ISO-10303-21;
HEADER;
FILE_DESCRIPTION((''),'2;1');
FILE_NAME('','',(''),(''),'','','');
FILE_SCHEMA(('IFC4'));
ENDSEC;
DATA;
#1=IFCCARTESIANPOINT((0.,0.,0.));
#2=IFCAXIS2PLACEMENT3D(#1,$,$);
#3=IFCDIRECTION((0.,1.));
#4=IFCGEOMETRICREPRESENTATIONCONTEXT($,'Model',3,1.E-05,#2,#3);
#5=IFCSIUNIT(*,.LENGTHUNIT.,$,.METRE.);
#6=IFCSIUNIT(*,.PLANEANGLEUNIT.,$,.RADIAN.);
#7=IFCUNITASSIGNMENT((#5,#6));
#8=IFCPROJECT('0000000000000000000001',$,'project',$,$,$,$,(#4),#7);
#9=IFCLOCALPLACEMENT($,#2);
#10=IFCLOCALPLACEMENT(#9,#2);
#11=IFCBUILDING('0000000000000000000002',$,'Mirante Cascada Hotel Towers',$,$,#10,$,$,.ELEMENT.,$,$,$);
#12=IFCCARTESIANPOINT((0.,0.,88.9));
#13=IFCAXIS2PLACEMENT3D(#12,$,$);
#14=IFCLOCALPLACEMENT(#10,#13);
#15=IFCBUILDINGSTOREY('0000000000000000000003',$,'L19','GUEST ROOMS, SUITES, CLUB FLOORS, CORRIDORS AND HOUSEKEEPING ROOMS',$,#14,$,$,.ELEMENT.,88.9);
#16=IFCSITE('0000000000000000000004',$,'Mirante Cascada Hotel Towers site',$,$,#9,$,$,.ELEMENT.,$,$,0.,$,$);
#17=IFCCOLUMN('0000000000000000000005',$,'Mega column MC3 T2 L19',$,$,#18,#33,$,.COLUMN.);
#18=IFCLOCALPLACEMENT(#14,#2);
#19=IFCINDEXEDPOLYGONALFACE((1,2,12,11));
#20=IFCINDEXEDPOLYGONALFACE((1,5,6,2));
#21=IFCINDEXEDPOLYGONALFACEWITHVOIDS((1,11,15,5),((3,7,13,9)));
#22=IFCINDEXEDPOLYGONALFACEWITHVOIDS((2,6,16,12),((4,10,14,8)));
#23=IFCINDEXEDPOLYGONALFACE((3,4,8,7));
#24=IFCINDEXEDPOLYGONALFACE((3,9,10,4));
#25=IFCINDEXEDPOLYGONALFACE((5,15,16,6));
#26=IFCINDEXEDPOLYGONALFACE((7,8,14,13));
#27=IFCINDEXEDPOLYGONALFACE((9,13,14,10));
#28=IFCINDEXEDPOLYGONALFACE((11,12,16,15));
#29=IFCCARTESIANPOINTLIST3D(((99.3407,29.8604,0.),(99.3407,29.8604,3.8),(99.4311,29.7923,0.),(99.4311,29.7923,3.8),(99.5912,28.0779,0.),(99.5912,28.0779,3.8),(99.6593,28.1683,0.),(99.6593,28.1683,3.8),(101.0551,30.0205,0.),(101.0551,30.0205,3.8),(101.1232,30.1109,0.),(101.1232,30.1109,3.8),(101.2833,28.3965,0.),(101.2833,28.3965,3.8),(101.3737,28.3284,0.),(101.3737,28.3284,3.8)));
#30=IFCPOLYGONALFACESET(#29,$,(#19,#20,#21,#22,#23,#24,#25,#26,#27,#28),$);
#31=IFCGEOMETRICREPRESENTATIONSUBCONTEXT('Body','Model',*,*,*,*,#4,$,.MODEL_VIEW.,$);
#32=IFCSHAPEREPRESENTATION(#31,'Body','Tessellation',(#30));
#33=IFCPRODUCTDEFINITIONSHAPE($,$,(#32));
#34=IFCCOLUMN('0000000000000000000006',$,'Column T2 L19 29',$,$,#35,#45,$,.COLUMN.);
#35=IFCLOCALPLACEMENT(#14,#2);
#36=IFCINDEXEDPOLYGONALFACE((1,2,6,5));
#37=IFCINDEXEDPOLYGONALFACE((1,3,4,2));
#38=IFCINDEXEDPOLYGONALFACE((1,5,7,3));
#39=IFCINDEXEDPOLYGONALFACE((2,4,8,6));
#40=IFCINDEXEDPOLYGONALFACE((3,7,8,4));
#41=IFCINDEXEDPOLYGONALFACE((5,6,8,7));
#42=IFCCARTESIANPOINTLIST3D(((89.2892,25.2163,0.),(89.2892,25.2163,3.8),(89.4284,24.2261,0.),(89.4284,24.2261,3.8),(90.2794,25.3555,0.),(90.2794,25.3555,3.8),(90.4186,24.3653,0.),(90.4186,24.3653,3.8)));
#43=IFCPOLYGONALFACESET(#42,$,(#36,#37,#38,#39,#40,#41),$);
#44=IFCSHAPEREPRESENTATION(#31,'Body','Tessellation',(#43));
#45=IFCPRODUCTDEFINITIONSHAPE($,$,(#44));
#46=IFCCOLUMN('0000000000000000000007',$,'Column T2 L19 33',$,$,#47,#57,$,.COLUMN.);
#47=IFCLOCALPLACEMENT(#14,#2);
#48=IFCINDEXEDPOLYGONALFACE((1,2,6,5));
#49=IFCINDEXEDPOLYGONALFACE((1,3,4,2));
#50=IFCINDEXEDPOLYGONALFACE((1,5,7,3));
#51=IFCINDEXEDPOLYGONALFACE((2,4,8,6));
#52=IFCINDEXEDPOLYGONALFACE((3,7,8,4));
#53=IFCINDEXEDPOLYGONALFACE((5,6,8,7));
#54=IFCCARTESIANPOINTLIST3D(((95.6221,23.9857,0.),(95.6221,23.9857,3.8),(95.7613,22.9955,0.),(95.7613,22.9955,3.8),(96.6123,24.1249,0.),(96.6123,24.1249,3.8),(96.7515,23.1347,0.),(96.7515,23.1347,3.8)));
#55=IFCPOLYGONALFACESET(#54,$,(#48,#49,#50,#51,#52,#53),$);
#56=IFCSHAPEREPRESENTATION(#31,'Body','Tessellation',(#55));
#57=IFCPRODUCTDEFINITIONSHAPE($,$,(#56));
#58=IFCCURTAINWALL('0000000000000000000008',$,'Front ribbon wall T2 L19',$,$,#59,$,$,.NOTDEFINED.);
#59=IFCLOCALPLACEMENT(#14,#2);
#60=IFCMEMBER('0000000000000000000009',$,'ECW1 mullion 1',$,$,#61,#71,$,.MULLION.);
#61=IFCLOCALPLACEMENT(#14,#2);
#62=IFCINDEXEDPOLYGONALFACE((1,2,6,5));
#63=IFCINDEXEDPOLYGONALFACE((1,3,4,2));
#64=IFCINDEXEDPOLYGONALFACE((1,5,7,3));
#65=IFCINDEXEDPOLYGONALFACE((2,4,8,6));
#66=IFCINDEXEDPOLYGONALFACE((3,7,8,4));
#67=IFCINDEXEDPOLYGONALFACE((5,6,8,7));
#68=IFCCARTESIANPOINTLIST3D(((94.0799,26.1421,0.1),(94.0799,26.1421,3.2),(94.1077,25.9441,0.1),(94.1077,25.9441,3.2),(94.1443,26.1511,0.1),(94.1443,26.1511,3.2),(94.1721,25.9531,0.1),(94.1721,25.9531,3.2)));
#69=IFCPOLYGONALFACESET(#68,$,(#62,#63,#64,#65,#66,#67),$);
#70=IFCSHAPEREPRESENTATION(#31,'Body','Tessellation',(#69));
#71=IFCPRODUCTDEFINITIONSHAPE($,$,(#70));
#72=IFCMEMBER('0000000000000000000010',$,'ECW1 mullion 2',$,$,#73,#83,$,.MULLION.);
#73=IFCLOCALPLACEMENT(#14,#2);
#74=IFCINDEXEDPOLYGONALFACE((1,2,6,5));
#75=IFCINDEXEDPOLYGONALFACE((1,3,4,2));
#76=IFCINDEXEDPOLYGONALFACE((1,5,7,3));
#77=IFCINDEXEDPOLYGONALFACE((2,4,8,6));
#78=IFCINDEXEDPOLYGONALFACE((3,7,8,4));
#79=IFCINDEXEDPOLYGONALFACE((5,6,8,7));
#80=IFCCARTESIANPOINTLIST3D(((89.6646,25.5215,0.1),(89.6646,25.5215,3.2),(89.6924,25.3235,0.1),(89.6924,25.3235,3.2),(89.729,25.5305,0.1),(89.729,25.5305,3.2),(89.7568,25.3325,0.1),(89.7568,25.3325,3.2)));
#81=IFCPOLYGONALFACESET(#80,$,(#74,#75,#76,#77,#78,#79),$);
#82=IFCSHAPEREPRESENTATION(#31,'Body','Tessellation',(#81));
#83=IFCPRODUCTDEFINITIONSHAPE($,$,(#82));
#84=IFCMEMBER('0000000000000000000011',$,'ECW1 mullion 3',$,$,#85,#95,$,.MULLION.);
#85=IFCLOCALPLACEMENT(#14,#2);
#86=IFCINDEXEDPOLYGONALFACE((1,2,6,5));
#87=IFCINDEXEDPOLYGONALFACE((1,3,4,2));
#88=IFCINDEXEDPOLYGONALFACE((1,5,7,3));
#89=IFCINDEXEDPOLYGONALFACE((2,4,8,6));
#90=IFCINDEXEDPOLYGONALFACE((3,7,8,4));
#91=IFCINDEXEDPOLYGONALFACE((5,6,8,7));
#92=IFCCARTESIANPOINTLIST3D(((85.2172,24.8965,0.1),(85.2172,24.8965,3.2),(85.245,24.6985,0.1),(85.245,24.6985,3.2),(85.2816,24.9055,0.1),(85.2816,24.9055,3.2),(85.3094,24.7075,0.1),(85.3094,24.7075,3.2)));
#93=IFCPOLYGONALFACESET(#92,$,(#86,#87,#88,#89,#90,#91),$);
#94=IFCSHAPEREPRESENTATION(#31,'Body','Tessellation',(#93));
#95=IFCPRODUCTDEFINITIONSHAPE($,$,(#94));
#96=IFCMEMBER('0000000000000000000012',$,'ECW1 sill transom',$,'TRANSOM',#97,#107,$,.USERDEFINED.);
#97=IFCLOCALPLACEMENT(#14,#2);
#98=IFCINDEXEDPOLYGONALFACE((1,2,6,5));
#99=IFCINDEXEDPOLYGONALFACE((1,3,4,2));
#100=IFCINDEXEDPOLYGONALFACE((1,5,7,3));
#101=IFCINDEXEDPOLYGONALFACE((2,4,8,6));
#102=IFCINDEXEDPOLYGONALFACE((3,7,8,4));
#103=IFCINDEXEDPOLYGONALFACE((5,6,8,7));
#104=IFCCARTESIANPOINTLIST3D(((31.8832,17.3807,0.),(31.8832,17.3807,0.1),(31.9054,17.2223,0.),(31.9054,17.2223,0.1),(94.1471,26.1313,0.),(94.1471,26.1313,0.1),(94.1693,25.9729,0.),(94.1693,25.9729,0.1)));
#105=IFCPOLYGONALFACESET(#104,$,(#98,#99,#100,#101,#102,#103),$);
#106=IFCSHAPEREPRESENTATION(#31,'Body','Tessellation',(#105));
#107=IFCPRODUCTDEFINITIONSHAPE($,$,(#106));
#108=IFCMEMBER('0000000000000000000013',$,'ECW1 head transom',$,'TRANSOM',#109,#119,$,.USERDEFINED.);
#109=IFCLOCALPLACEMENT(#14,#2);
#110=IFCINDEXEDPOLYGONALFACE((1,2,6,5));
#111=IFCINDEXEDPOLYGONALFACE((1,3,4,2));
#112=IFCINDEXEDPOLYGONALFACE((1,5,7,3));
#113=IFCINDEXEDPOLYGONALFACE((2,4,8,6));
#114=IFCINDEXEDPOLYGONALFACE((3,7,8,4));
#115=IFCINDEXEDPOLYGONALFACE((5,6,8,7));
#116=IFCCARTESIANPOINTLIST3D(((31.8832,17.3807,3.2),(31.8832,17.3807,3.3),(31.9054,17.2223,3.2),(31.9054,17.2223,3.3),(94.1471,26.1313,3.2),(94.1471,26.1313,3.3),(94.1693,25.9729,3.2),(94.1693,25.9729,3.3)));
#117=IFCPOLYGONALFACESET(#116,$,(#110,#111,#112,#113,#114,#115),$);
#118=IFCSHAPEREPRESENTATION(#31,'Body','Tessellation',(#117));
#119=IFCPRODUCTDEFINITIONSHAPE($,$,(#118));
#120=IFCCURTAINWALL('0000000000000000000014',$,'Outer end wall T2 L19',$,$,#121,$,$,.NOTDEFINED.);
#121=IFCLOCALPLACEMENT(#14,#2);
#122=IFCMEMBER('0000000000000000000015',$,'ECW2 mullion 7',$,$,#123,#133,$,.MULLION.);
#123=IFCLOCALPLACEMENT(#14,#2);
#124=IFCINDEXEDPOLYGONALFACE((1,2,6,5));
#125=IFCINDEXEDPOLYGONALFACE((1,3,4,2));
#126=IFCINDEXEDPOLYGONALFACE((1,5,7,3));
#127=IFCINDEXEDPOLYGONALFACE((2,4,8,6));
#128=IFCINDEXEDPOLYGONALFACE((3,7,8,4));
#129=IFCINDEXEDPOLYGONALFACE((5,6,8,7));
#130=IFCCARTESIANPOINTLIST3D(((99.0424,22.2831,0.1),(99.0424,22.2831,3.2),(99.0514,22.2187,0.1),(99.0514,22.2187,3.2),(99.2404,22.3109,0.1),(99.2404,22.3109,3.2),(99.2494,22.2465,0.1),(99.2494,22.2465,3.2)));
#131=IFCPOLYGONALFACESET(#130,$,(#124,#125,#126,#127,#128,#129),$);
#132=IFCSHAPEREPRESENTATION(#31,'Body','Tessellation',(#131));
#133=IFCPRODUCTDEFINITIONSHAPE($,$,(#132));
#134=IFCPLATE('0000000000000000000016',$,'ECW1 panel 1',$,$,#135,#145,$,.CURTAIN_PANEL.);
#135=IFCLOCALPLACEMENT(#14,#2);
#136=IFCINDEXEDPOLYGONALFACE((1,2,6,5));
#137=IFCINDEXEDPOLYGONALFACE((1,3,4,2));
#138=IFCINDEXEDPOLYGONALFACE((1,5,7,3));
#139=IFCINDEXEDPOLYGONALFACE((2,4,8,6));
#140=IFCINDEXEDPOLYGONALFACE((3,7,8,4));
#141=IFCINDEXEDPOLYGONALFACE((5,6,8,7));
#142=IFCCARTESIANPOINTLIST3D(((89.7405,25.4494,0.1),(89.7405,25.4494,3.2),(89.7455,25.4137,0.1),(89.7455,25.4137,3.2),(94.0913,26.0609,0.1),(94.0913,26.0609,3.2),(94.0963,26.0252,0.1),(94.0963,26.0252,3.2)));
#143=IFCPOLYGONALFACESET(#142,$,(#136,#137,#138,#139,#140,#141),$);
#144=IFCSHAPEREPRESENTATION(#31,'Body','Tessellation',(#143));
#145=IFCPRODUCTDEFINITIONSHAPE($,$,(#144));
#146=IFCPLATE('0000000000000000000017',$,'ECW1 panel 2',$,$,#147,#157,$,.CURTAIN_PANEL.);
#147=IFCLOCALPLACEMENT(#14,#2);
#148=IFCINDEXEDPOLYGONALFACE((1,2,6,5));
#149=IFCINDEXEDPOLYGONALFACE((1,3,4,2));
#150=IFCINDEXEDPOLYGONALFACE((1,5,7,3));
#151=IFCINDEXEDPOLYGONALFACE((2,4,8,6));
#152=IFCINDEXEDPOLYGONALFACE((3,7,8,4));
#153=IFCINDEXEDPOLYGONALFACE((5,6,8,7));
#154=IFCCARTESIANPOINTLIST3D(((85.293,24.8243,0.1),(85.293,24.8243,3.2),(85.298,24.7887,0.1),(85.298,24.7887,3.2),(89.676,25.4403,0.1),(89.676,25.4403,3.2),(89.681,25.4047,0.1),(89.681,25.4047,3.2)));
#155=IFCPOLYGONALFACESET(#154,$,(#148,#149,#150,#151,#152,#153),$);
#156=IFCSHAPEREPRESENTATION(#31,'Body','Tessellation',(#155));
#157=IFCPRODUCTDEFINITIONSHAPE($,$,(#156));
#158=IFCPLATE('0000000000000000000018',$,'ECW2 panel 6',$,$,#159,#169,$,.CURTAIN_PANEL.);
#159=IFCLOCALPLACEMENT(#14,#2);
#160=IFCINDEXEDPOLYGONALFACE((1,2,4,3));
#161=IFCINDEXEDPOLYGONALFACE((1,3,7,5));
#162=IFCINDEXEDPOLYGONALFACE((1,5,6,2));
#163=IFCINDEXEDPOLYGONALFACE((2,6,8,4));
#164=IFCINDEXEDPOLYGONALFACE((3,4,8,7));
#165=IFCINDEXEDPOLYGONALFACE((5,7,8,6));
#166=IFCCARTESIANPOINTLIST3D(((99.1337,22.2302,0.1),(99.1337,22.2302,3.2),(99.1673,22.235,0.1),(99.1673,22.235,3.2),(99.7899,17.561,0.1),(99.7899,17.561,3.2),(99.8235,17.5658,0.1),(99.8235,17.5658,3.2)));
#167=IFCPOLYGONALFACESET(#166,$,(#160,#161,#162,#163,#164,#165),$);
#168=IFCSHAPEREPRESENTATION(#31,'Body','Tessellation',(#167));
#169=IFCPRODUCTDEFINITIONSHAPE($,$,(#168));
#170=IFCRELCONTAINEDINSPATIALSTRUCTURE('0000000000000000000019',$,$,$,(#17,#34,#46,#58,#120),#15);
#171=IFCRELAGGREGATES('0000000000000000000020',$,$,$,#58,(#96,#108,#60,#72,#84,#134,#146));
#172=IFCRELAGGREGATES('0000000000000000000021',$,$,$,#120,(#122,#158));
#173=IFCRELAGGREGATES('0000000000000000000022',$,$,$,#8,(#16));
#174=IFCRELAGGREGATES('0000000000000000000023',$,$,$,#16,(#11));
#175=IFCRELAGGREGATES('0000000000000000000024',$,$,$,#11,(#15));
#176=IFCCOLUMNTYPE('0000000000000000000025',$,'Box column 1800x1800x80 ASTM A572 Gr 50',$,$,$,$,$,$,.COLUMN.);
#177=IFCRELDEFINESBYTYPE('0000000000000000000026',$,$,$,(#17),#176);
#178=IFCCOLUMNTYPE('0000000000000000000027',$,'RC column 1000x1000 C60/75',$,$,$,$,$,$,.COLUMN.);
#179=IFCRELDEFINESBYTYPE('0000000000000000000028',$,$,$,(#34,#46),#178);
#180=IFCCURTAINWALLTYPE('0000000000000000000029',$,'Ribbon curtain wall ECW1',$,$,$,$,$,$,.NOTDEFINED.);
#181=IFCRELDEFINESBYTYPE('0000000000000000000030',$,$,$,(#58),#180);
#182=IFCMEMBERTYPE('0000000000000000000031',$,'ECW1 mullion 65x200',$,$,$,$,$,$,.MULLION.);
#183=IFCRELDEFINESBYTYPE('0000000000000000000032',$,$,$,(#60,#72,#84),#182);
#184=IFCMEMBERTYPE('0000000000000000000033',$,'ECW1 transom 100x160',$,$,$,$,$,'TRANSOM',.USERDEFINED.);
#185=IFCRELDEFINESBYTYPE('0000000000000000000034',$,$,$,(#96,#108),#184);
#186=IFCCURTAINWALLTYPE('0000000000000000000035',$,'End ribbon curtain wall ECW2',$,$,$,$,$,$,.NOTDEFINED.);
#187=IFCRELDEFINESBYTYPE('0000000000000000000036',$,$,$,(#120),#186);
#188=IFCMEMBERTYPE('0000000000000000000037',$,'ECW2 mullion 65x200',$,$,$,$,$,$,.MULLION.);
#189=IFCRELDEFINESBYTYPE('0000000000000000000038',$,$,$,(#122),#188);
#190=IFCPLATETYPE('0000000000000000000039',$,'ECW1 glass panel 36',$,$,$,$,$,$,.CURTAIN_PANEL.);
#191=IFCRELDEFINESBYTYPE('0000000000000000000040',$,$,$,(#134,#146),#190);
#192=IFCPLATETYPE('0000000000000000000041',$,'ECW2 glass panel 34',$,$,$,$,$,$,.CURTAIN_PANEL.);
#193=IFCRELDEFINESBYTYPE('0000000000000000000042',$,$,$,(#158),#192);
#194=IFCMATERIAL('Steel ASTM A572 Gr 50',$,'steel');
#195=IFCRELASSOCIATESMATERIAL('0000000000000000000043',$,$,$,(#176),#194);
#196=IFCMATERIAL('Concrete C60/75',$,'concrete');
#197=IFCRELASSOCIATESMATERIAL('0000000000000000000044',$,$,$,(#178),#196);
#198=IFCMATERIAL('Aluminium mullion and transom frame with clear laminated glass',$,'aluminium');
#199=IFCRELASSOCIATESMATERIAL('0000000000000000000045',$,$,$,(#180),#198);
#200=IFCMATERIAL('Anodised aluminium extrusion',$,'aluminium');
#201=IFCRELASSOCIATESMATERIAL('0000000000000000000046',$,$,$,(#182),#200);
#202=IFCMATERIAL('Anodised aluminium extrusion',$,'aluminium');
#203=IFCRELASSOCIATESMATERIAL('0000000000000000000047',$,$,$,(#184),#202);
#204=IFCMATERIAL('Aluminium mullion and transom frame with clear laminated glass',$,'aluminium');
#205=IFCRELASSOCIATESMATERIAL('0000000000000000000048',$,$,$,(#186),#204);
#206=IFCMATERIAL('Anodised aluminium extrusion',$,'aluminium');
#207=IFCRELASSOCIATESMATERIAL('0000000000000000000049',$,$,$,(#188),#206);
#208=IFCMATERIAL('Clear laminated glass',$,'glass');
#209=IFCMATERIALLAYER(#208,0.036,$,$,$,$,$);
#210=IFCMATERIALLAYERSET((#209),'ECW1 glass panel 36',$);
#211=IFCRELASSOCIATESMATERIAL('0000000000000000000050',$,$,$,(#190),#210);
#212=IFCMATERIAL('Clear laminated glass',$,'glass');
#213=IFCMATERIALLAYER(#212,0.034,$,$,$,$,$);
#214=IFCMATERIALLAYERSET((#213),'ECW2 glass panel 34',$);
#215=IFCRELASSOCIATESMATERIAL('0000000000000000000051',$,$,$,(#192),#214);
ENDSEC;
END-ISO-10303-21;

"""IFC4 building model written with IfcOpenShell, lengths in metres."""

from ifc_helpers import new_model, si_unit, direction, frame, origin, origin_2d, place, context, subcontext, project, spatial, rectangle, hollow_rectangle, extrude, material, layer, layer_set, material_profile, profile_set, type_object, element, aggregate, save


model = new_model("IFC4")

# Units and contexts
model_context = context("Model", 3, precision=1e-05, world=origin(), true_north=direction((0.0, 1.0)))
body_context = subcontext(model_context, "Body", "Model", "MODEL_VIEW")
ifc_project = project(units=[si_unit("LENGTHUNIT", "METRE"), si_unit("PLANEANGLEUNIT", "RADIAN")], contexts=[model_context])

# Site, building, storey
site_placement = place(None, origin())
site = spatial("IfcSite", under=ifc_project, at=site_placement, Name="Mirante Cascada Hotel Towers site", CompositionType="ELEMENT", RefElevation=0.0)
building_placement = place(site_placement, origin())
building = spatial("IfcBuilding", under=site, at=building_placement, Name="Mirante Cascada Hotel Towers", CompositionType="ELEMENT")
storey_placement = place(building_placement, frame((0.0, 0.0, 88.9)))
storey = spatial("IfcBuildingStorey", under=building, at=storey_placement, Name="L19", Description="GUEST ROOMS, SUITES, CLUB FLOORS, CORRIDORS AND HOUSEKEEPING ROOMS", CompositionType="ELEMENT", Elevation=88.9)

# Columns
ifc_material_1 = material(Name="Steel ASTM A572 Gr 50", Category="steel")
ifc_material_profile_1 = material_profile(ifc_material_1, hollow_rectangle(XDim=1.8, YDim=1.8, WallThickness=0.08, at=origin_2d()), Name="Box column 1800x1800x80 ASTM A572 Gr 50")
ifc_profile_set_1 = profile_set([ifc_material_profile_1], Name="Steel ASTM A572 Gr 50")
column_type_1 = type_object("IfcColumnType", Name="Box column 1800x1800x80 ASTM A572 Gr 50", PredefinedType="COLUMN", material=ifc_profile_set_1)
column_placement = place(storey_placement, frame((100.3572, 29.0944, 0.0), z_axis=(0.0, 0.0, 1.0), x_axis=(0.990268, 0.139173, 0.0)))
element("IfcColumn", 1, at=column_placement, inside=storey, type_object=column_type_1, Name="Mega column MC3 T2 L19", PredefinedType="COLUMN", context=body_context, shape_type="SweptSolid", body=[
    extrude(hollow_rectangle(XDim=1.8, YDim=1.8, WallThickness=0.08, at=origin_2d()), origin(), (0.0, 0.0, 1.0), 3.8),
])
ifc_material_2 = material(Name="Concrete C60/75", Category="concrete")
ifc_material_profile_2 = material_profile(ifc_material_2, rectangle(XDim=1.0, YDim=1.0, at=origin_2d()), Name="RC column 1000x1000 C60/75")
ifc_profile_set_2 = profile_set([ifc_material_profile_2], Name="Concrete C60/75")
column_type_2 = type_object("IfcColumnType", Name="RC column 1000x1000 C60/75", PredefinedType="COLUMN", material=ifc_profile_set_2)
for number, where, z_axis, x_axis, name in (
    (2, (89.8539, 24.7908, 0.0), (0.0, 0.0, 1.0), (0.990268, 0.139173, 0.0), "Column T2 L19 29"),
    (3, (96.1868, 23.5602, 0.0), (0.0, 0.0, 1.0), (0.990268, 0.139173, 0.0), "Column T2 L19 33"),
):
    element("IfcColumn", number, at=place(storey_placement, frame(where, z_axis=z_axis, x_axis=x_axis)), inside=storey, type_object=column_type_2, Name=name, PredefinedType="COLUMN", context=body_context, shape_type="SweptSolid", body=[
        extrude(rectangle(XDim=1.0, YDim=1.0, at=origin_2d()), origin(), (0.0, 0.0, 1.0), 3.8),
    ])

# Curtain wall, members
ifc_material_3 = material(Name="Aluminium mullion and transom frame with clear laminated glass", Category="aluminium")
curtain_wall_type_1 = type_object("IfcCurtainWallType", Name="Ribbon curtain wall ECW1", PredefinedType="NOTDEFINED", material=ifc_material_3)
curtain_wall_1_placement = place(storey_placement, origin())
curtain_wall_1 = element("IfcCurtainWall", 4, at=curtain_wall_1_placement, inside=storey, type_object=curtain_wall_type_1, Name="Front ribbon wall T2 L19", PredefinedType="NOTDEFINED")
ifc_material_4 = material(Name="Anodised aluminium extrusion", Category="aluminium")
ifc_material_profile_3 = material_profile(ifc_material_4, rectangle(XDim=0.2, YDim=0.065, at=origin_2d()), Name="ECW1 MULLION 65x200")
ifc_profile_set_3 = profile_set([ifc_material_profile_3], Name="Anodised aluminium extrusion")
member_type_1 = type_object("IfcMemberType", Name="ECW1 mullion 65x200", PredefinedType="MULLION", material=ifc_profile_set_3)
member_1_placement = place(storey_placement, frame((94.126, 26.0476, 0.1), z_axis=(0.0, 0.0, 1.0), x_axis=(0.139173, -0.990268, 0.0)))
member_1 = element("IfcMember", 5, at=member_1_placement, type_object=member_type_1, Name="ECW1 mullion 1", PredefinedType="MULLION", context=body_context, shape_type="SweptSolid", body=[
    extrude(rectangle(XDim=0.2, YDim=0.065, at=origin_2d()), origin(), (0.0, 0.0, 1.0), 3.1),
])
member_2_placement = place(storey_placement, frame((89.7107, 25.427, 0.1), z_axis=(0.0, 0.0, 1.0), x_axis=(0.139173, -0.990268, 0.0)))
member_2 = element("IfcMember", 6, at=member_2_placement, type_object=member_type_1, Name="ECW1 mullion 2", PredefinedType="MULLION", context=body_context, shape_type="SweptSolid", body=[
    extrude(rectangle(XDim=0.2, YDim=0.065, at=origin_2d()), origin(), (0.0, 0.0, 1.0), 3.1),
])
member_3_placement = place(storey_placement, frame((85.2633, 24.802, 0.1), z_axis=(0.0, 0.0, 1.0), x_axis=(0.139173, -0.990268, 0.0)))
member_3 = element("IfcMember", 7, at=member_3_placement, type_object=member_type_1, Name="ECW1 mullion 3", PredefinedType="MULLION", context=body_context, shape_type="SweptSolid", body=[
    extrude(rectangle(XDim=0.2, YDim=0.065, at=origin_2d()), origin(), (0.0, 0.0, 1.0), 3.1),
])
ifc_material_5 = material(Name="Anodised aluminium extrusion", Category="aluminium")
ifc_material_profile_4 = material_profile(ifc_material_5, rectangle(XDim=0.16, YDim=0.1, at=origin_2d()), Name="ECW1 TRANSOM 100x160")
ifc_profile_set_4 = profile_set([ifc_material_profile_4], Name="Anodised aluminium extrusion")
member_type_2 = type_object("IfcMemberType", Name="ECW1 transom 100x160", ElementType="TRANSOM", PredefinedType="USERDEFINED", material=ifc_profile_set_4)
member_4_placement = place(storey_placement, frame((94.1582, 26.0521, 0.05), z_axis=(-0.990268, -0.139173, 0.0), x_axis=(0.139173, -0.990268, 0.0)))
member_4 = element("IfcMember", 8, at=member_4_placement, type_object=member_type_2, Name="ECW1 sill transom", ObjectType="TRANSOM", PredefinedType="USERDEFINED", context=body_context, shape_type="SweptSolid", body=[
    extrude(rectangle(XDim=0.16, YDim=0.1, at=origin_2d()), origin(), (0.0, 0.0, 1.0), 62.8758),
])
member_5_placement = place(storey_placement, frame((94.1582, 26.0521, 3.25), z_axis=(-0.990268, -0.139173, 0.0), x_axis=(0.139173, -0.990268, 0.0)))
member_5 = element("IfcMember", 9, at=member_5_placement, type_object=member_type_2, Name="ECW1 head transom", ObjectType="TRANSOM", PredefinedType="USERDEFINED", context=body_context, shape_type="SweptSolid", body=[
    extrude(rectangle(XDim=0.16, YDim=0.1, at=origin_2d()), origin(), (0.0, 0.0, 1.0), 62.8758),
])

# Curtain wall, member
ifc_material_6 = material(Name="Aluminium mullion and transom frame with clear laminated glass", Category="aluminium")
curtain_wall_type_2 = type_object("IfcCurtainWallType", Name="End ribbon curtain wall ECW2", PredefinedType="NOTDEFINED", material=ifc_material_6)
curtain_wall_2_placement = place(storey_placement, origin())
curtain_wall_2 = element("IfcCurtainWall", 10, at=curtain_wall_2_placement, inside=storey, type_object=curtain_wall_type_2, Name="Outer end wall T2 L19", PredefinedType="NOTDEFINED")
ifc_material_7 = material(Name="Anodised aluminium extrusion", Category="aluminium")
ifc_material_profile_5 = material_profile(ifc_material_7, rectangle(XDim=0.2, YDim=0.065, at=origin_2d()), Name="ECW2 MULLION 65x200")
ifc_profile_set_5 = profile_set([ifc_material_profile_5], Name="Anodised aluminium extrusion")
member_type_3 = type_object("IfcMemberType", Name="ECW2 mullion 65x200", PredefinedType="MULLION", material=ifc_profile_set_5)
member_6_placement = place(storey_placement, frame((99.1459, 22.2648, 0.1), z_axis=(0.0, 0.0, 1.0), x_axis=(-0.990268, -0.139173, 0.0)))
member_6 = element("IfcMember", 11, at=member_6_placement, type_object=member_type_3, Name="ECW2 mullion 7", PredefinedType="MULLION", context=body_context, shape_type="SweptSolid", body=[
    extrude(rectangle(XDim=0.2, YDim=0.065, at=origin_2d()), origin(), (0.0, 0.0, 1.0), 3.1),
])

# Plates
ifc_material_8 = material(Name="Clear laminated glass", Category="glass")
ifc_layer_1 = layer(ifc_material_8, 0.036)
ifc_layer_set_1 = layer_set([ifc_layer_1], Name="ECW1 glass panel 36")
plate_type_1 = type_object("IfcPlateType", Name="ECW1 glass panel 36", PredefinedType="CURTAIN_PANEL", material=ifc_layer_set_1)
plate_1_placement = place(storey_placement, frame((91.9184, 25.7373, 0.1), z_axis=(0.0, 0.0, 1.0), x_axis=(-0.990268, -0.139173, 0.0)))
plate_1 = element("IfcPlate", 12, at=plate_1_placement, type_object=plate_type_1, Name="ECW1 panel 1", PredefinedType="CURTAIN_PANEL", context=body_context, shape_type="SweptSolid", body=[
    extrude(rectangle(XDim=4.3936, YDim=0.036, at=origin_2d()), origin(), (0.0, 0.0, 1.0), 3.1),
])
plate_2_placement = place(storey_placement, frame((87.487, 25.1145, 0.1), z_axis=(0.0, 0.0, 1.0), x_axis=(-0.990268, -0.139173, 0.0)))
plate_2 = element("IfcPlate", 13, at=plate_2_placement, type_object=plate_type_1, Name="ECW1 panel 2", PredefinedType="CURTAIN_PANEL", context=body_context, shape_type="SweptSolid", body=[
    extrude(rectangle(XDim=4.4261, YDim=0.036, at=origin_2d()), origin(), (0.0, 0.0, 1.0), 3.1),
])
aggregate(curtain_wall_1, [member_4, member_5, member_1, member_2, member_3, plate_1, plate_2])
ifc_material_9 = material(Name="Clear laminated glass", Category="glass")
ifc_layer_2 = layer(ifc_material_9, 0.034)
ifc_layer_set_2 = layer_set([ifc_layer_2], Name="ECW2 glass panel 34")
plate_type_2 = type_object("IfcPlateType", Name="ECW2 glass panel 34", PredefinedType="CURTAIN_PANEL", material=ifc_layer_set_2)
plate_3_placement = place(storey_placement, frame((99.4786, 19.898, 0.1), z_axis=(0.0, 0.0, 1.0), x_axis=(-0.139173, 0.990268, 0.0)))
plate_3 = element("IfcPlate", 14, at=plate_3_placement, type_object=plate_type_2, Name="ECW2 panel 6", PredefinedType="CURTAIN_PANEL", context=body_context, shape_type="SweptSolid", body=[
    extrude(rectangle(XDim=4.7151, YDim=0.034, at=origin_2d()), origin(), (0.0, 0.0, 1.0), 3.1),
])
aggregate(curtain_wall_2, [member_6, plate_3])

save(model, "model.ifc")
